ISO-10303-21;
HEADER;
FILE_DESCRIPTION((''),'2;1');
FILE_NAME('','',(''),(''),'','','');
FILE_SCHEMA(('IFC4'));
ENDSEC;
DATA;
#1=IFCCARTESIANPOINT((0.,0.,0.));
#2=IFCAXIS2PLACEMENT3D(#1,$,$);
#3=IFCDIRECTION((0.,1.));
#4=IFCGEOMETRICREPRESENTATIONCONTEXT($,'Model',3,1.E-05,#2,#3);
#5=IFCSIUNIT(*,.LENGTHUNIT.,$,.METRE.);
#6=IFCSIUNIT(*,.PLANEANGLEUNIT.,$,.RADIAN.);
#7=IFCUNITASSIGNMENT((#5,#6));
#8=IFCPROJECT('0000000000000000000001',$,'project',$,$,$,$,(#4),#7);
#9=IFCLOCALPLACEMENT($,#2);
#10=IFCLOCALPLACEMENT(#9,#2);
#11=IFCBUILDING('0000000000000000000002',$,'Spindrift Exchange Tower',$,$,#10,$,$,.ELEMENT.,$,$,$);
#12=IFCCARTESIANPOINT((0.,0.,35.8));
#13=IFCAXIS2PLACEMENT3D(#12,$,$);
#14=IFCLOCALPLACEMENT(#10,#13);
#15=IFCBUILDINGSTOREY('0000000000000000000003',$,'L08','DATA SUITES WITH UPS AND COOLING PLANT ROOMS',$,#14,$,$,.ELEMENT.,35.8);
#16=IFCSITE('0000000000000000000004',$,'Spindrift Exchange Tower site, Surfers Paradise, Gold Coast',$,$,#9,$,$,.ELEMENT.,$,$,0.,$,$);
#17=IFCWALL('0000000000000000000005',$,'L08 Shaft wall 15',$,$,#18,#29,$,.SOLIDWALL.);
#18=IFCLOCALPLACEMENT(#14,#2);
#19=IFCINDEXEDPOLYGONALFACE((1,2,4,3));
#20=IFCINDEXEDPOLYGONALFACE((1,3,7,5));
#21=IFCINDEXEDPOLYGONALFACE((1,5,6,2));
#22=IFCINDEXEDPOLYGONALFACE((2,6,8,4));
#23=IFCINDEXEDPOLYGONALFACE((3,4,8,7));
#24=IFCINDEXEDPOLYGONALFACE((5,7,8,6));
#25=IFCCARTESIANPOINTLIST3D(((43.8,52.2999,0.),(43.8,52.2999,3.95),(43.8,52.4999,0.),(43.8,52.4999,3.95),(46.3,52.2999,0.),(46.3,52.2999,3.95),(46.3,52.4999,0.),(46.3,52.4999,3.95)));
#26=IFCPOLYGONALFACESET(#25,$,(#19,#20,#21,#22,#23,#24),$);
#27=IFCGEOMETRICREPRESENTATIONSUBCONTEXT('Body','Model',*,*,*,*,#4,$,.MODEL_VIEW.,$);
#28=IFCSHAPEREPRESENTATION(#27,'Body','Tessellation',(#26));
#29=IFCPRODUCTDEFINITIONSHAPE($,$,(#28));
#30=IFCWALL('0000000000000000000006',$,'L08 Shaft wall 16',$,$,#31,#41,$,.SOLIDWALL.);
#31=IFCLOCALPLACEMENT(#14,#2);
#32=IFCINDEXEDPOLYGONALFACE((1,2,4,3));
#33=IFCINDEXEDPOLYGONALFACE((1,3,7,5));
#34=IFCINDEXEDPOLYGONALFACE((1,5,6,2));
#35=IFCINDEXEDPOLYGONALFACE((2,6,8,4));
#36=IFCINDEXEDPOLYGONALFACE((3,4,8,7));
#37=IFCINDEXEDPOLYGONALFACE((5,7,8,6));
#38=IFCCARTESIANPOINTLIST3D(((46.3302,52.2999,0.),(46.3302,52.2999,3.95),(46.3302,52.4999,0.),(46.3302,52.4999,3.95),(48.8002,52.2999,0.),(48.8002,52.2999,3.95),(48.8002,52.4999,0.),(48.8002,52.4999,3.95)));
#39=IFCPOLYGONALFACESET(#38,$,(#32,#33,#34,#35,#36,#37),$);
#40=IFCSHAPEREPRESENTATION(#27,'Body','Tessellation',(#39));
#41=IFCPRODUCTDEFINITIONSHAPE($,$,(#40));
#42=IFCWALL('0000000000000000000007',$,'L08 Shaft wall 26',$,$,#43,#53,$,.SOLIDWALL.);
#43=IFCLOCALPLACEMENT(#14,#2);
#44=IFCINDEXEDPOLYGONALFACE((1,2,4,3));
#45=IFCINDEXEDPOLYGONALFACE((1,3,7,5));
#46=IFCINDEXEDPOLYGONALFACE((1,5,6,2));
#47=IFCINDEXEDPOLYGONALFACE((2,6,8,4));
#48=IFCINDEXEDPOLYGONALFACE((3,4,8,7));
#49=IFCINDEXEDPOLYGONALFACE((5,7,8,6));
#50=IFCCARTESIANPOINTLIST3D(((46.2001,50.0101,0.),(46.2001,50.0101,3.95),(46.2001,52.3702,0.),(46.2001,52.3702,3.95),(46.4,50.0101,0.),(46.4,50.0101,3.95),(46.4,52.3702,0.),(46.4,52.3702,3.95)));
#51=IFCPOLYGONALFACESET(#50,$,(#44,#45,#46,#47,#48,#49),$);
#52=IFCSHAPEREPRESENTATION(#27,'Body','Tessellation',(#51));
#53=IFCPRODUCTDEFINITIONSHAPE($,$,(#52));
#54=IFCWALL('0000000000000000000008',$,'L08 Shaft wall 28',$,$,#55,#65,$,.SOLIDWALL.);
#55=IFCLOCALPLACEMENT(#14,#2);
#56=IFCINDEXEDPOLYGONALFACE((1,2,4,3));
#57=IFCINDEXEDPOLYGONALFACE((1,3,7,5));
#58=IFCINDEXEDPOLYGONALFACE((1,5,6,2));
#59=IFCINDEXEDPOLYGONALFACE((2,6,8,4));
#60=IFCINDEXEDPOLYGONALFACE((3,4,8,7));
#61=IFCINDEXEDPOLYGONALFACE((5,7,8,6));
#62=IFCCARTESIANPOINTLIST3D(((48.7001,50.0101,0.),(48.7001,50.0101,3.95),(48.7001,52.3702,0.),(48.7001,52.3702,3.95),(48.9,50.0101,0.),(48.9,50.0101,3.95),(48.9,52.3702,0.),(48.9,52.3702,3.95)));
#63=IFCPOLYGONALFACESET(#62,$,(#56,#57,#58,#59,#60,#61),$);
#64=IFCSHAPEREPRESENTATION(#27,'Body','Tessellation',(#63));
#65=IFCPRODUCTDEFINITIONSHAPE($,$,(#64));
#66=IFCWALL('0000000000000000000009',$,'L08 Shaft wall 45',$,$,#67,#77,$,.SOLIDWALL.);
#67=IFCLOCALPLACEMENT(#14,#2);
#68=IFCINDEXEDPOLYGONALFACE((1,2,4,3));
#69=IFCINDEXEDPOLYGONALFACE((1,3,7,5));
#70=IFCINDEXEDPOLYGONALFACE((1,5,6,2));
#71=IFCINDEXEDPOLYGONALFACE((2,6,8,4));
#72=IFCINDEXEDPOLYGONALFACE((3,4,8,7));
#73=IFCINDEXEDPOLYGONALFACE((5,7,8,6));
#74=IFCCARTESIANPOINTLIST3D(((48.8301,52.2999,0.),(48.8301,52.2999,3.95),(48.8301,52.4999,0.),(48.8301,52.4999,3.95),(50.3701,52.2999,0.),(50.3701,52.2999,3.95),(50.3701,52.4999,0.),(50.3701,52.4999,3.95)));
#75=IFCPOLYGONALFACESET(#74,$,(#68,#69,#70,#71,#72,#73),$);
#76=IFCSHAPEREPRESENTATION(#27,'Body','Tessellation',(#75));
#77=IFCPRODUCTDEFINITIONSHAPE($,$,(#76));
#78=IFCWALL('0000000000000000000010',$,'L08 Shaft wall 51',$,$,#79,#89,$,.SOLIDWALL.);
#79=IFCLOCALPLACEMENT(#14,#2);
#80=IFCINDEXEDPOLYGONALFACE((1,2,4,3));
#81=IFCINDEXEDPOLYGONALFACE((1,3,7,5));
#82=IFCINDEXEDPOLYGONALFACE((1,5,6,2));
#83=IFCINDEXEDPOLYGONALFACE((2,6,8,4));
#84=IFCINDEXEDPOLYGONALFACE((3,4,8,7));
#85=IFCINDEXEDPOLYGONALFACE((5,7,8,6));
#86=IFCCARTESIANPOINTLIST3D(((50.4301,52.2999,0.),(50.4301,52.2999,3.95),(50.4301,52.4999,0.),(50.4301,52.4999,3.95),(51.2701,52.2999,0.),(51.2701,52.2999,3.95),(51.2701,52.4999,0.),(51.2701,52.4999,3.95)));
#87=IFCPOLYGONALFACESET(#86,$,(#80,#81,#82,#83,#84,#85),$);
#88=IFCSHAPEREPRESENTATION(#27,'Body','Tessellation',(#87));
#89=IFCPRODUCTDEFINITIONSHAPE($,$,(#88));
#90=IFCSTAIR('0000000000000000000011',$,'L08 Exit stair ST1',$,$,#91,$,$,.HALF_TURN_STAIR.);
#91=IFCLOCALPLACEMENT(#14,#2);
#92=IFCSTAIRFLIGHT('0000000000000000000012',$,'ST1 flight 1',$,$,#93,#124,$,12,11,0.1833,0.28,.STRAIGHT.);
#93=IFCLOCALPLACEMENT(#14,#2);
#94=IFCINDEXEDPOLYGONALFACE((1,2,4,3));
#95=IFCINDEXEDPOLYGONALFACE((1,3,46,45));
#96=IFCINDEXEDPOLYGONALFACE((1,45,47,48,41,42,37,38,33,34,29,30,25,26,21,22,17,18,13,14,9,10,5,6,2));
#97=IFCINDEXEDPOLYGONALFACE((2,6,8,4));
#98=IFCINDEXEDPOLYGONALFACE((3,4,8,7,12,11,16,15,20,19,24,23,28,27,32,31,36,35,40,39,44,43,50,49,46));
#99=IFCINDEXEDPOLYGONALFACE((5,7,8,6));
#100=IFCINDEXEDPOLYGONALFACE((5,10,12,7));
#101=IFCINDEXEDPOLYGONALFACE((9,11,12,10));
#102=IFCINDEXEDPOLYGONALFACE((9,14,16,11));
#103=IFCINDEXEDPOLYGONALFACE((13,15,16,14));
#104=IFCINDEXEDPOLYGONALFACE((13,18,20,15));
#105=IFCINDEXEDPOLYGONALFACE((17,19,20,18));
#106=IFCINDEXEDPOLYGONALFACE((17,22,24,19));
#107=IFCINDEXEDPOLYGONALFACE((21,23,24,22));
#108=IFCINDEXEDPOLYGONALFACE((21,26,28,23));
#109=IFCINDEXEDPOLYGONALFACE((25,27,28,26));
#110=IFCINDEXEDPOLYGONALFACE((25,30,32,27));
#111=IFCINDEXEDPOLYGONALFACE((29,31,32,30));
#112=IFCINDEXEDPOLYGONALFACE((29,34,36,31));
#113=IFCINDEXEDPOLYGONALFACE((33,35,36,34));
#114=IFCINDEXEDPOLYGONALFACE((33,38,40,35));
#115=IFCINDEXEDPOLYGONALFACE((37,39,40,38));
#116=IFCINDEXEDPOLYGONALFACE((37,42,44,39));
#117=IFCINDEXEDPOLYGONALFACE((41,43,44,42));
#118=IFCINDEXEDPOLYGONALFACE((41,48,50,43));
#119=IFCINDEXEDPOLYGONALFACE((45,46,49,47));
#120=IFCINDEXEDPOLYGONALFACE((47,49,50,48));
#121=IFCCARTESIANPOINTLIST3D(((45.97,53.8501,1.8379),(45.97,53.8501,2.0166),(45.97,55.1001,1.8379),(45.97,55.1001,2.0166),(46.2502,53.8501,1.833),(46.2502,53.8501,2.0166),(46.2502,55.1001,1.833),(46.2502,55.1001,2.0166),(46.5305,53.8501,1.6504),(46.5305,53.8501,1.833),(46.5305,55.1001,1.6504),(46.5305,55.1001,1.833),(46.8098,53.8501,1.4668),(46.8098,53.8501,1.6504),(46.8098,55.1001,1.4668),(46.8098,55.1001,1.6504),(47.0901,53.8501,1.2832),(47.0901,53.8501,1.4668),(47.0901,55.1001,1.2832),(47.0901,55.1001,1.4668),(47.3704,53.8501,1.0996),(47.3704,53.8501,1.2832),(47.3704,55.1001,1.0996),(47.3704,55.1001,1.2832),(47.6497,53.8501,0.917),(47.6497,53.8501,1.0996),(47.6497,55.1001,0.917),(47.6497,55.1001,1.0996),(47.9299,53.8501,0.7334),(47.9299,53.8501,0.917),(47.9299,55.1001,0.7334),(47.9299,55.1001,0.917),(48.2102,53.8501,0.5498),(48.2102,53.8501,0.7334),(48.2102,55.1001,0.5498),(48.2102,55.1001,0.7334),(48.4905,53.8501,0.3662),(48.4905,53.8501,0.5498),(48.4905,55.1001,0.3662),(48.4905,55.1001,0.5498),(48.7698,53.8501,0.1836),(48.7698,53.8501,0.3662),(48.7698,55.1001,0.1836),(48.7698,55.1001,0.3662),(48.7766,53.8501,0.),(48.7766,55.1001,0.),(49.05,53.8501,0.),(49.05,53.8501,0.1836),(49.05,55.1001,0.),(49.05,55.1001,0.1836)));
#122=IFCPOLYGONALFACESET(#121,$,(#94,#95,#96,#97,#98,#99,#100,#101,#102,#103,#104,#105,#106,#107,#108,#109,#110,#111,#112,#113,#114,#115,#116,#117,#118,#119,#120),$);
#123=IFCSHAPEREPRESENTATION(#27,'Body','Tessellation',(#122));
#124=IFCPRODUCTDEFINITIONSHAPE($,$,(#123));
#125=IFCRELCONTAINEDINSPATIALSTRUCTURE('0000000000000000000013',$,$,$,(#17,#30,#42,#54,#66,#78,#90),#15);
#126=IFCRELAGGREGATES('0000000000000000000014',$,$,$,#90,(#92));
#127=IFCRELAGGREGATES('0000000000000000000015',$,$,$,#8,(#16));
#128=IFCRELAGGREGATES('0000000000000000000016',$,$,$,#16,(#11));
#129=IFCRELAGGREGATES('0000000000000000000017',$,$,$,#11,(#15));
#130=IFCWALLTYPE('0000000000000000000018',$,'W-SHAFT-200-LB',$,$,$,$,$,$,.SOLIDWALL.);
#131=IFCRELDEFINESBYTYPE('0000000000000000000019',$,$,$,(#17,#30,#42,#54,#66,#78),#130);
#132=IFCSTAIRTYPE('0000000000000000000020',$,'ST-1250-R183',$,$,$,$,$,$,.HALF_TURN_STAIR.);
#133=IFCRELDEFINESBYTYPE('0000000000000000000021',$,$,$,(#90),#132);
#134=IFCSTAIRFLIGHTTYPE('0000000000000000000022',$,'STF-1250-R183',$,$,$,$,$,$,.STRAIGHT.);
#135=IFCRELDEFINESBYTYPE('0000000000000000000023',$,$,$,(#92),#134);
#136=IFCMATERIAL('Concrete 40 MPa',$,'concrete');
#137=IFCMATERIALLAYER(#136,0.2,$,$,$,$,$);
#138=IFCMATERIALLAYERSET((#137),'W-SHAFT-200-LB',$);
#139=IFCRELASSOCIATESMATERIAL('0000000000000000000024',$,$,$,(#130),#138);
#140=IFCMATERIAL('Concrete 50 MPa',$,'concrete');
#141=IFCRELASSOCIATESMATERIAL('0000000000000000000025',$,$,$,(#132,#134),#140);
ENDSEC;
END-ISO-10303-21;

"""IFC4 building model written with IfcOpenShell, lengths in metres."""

from ifc_helpers import new_model, si_unit, direction, frame, frame_2d, origin, place, context, subcontext, project, spatial, line, indexed_curve, rectangle, outline, extrude, material, layer, layer_set, type_object, element, aggregate, save


model = new_model("IFC4")

# Units and contexts
model_context = context("Model", 3, precision=1e-05, world=origin(), true_north=direction((0.0, 1.0)))
body_context = subcontext(model_context, "Body", "Model", "MODEL_VIEW")
ifc_project = project(units=[si_unit("LENGTHUNIT", "METRE"), si_unit("PLANEANGLEUNIT", "RADIAN")], contexts=[model_context])

# Site, building, storey
site_placement = place(None, origin())
site = spatial("IfcSite", under=ifc_project, at=site_placement, Name="Spindrift Exchange Tower site, Surfers Paradise, Gold Coast", CompositionType="ELEMENT", RefElevation=0.0)
building_placement = place(site_placement, origin())
building = spatial("IfcBuilding", under=site, at=building_placement, Name="Spindrift Exchange Tower", CompositionType="ELEMENT")
storey_placement = place(building_placement, frame((0.0, 0.0, 35.8)))
storey = spatial("IfcBuildingStorey", under=building, at=storey_placement, Name="L08", Description="DATA SUITES WITH UPS AND COOLING PLANT ROOMS", CompositionType="ELEMENT", Elevation=35.8)

# Shared definitions
ifc_material_1 = material(Name="Concrete 40 MPa", Category="concrete")

# Shared definitions
ifc_layer_1 = layer(ifc_material_1, 0.2)
ifc_layer_set_1 = layer_set([ifc_layer_1], Name="W-SHAFT-200-LB")
wall_type_1 = type_object("IfcWallType", Name="W-SHAFT-200-LB", PredefinedType="SOLIDWALL", material=ifc_layer_set_1)

# Walls
wall_1_placement = place(storey_placement, frame((46.3, 52.3999, 0.0), z_axis=(0.0, 0.0, 1.0), x_axis=(-1.0, 0.0, 0.0)))
element("IfcWall", 1, at=wall_1_placement, inside=storey, type_object=wall_type_1, Name="L08 Shaft wall 15", PredefinedType="SOLIDWALL", context=body_context, shape_type="SweptSolid", body=[
    extrude(rectangle(XDim=2.5, YDim=0.2, at=frame_2d((1.25, 0.0))), origin(), (0.0, 0.0, 1.0), 3.95),
])
wall_2_placement = place(storey_placement, frame((48.8, 52.3999, 0.0), z_axis=(0.0, 0.0, 1.0), x_axis=(-1.0, 0.0, 0.0)))
element("IfcWall", 2, at=wall_2_placement, inside=storey, type_object=wall_type_1, Name="L08 Shaft wall 16", PredefinedType="SOLIDWALL", context=body_context, shape_type="SweptSolid", body=[
    extrude(rectangle(XDim=2.47, YDim=0.2, at=frame_2d((1.2349, 0.0))), origin(), (0.0, 0.0, 1.0), 3.95),
])
for number, where, z_axis, x_axis, name in (
    (3, (46.3, 50.01, 0.0), (0.0, 0.0, 1.0), (0.0, 1.0, 0.0), "L08 Shaft wall 26"),
    (4, (48.8, 50.01, 0.0), (0.0, 0.0, 1.0), (0.0, 1.0, 0.0), "L08 Shaft wall 28"),
):
    element("IfcWall", number, at=place(storey_placement, frame(where, z_axis=z_axis, x_axis=x_axis)), inside=storey, type_object=wall_type_1, Name=name, PredefinedType="SOLIDWALL", context=body_context, shape_type="SweptSolid", body=[
        extrude(rectangle(XDim=2.3601, YDim=0.2, at=frame_2d((1.1802, 0.0))), origin(), (0.0, 0.0, 1.0), 3.95),
    ])
wall_3_placement = place(storey_placement, frame((50.3701, 52.3999, 0.0), z_axis=(0.0, 0.0, 1.0), x_axis=(-1.0, 0.0, 0.0)))
element("IfcWall", 5, at=wall_3_placement, inside=storey, type_object=wall_type_1, Name="L08 Shaft wall 45", PredefinedType="SOLIDWALL", context=body_context, shape_type="SweptSolid", body=[
    extrude(rectangle(XDim=1.54, YDim=0.2, at=frame_2d((0.77, 0.0))), origin(), (0.0, 0.0, 1.0), 3.95),
])
wall_4_placement = place(storey_placement, frame((51.27, 52.3999, 0.0), z_axis=(0.0, 0.0, 1.0), x_axis=(-1.0, 0.0, 0.0)))
element("IfcWall", 6, at=wall_4_placement, inside=storey, type_object=wall_type_1, Name="L08 Shaft wall 51", PredefinedType="SOLIDWALL", context=body_context, shape_type="SweptSolid", body=[
    extrude(rectangle(XDim=0.8401, YDim=0.2, at=frame_2d((0.4199, 0.0))), origin(), (0.0, 0.0, 1.0), 3.95),
])

# Stair, stair flight
ifc_material_2 = material(Name="Concrete 50 MPa", Category="concrete")
stair_type = type_object("IfcStairType", Name="ST-1250-R183", PredefinedType="HALF_TURN_STAIR", material=ifc_material_2)
stair_placement = place(storey_placement, origin())
stair = element("IfcStair", 7, at=stair_placement, inside=storey, type_object=stair_type, Name="L08 Exit stair ST1", PredefinedType="HALF_TURN_STAIR")
stair_flight_type = type_object("IfcStairFlightType", Name="STF-1250-R183", PredefinedType="STRAIGHT", material=ifc_material_2)
stair_flight_placement = place(storey_placement, frame((49.05, 54.4751, 0.0), z_axis=(0.0, 0.0, 1.0), x_axis=(-1.0, 0.0, 0.0)))
stair_flight = element("IfcStairFlight", 8, at=stair_flight_placement, type_object=stair_flight_type, Name="ST1 flight 1", NumberOfRisers=12, NumberOfTreads=11, PredefinedType="STRAIGHT", RiserHeight=0.1833, TreadLength=0.28, context=body_context, shape_type="SweptSolid", body=[
    extrude(outline(indexed_curve([(0.0, 0.0), (0.0, 0.1836), (0.2803, 0.1836), (0.2803, 0.3662), (0.5596, 0.3662), (0.5596, 0.5498), (0.8398, 0.5498), (0.8398, 0.7334), (1.1201, 0.7334), (1.1201, 0.917), (1.4004, 0.917), (1.4004, 1.0996), (1.6797, 1.0996), (1.6797, 1.2832), (1.96, 1.2832), (1.96, 1.4668), (2.2402, 1.4668), (2.2402, 1.6504), (2.5195, 1.6504), (2.5195, 1.833), (2.7998, 1.833), (2.7998, 2.0166), (3.0801, 2.0166), (3.0801, 2.2002), (3.0801, 1.8379), (0.2734, 0.0)], segments=[line(1, 2, 3, 4, 5, 6, 7, 8, 9, 10, 11, 12, 13, 14, 15, 16, 17, 18, 19, 20, 21, 22, 23, 24, 25, 26, 1)], self_intersect=False)), frame((0.0, 0.625, 0.0), z_axis=(0.0, -1.0, 0.0), x_axis=(1.0, 0.0, 0.0)), (0.0, 0.0, 1.0), 1.25),
])
aggregate(stair, [stair_flight])

save(model, "model.ifc")
